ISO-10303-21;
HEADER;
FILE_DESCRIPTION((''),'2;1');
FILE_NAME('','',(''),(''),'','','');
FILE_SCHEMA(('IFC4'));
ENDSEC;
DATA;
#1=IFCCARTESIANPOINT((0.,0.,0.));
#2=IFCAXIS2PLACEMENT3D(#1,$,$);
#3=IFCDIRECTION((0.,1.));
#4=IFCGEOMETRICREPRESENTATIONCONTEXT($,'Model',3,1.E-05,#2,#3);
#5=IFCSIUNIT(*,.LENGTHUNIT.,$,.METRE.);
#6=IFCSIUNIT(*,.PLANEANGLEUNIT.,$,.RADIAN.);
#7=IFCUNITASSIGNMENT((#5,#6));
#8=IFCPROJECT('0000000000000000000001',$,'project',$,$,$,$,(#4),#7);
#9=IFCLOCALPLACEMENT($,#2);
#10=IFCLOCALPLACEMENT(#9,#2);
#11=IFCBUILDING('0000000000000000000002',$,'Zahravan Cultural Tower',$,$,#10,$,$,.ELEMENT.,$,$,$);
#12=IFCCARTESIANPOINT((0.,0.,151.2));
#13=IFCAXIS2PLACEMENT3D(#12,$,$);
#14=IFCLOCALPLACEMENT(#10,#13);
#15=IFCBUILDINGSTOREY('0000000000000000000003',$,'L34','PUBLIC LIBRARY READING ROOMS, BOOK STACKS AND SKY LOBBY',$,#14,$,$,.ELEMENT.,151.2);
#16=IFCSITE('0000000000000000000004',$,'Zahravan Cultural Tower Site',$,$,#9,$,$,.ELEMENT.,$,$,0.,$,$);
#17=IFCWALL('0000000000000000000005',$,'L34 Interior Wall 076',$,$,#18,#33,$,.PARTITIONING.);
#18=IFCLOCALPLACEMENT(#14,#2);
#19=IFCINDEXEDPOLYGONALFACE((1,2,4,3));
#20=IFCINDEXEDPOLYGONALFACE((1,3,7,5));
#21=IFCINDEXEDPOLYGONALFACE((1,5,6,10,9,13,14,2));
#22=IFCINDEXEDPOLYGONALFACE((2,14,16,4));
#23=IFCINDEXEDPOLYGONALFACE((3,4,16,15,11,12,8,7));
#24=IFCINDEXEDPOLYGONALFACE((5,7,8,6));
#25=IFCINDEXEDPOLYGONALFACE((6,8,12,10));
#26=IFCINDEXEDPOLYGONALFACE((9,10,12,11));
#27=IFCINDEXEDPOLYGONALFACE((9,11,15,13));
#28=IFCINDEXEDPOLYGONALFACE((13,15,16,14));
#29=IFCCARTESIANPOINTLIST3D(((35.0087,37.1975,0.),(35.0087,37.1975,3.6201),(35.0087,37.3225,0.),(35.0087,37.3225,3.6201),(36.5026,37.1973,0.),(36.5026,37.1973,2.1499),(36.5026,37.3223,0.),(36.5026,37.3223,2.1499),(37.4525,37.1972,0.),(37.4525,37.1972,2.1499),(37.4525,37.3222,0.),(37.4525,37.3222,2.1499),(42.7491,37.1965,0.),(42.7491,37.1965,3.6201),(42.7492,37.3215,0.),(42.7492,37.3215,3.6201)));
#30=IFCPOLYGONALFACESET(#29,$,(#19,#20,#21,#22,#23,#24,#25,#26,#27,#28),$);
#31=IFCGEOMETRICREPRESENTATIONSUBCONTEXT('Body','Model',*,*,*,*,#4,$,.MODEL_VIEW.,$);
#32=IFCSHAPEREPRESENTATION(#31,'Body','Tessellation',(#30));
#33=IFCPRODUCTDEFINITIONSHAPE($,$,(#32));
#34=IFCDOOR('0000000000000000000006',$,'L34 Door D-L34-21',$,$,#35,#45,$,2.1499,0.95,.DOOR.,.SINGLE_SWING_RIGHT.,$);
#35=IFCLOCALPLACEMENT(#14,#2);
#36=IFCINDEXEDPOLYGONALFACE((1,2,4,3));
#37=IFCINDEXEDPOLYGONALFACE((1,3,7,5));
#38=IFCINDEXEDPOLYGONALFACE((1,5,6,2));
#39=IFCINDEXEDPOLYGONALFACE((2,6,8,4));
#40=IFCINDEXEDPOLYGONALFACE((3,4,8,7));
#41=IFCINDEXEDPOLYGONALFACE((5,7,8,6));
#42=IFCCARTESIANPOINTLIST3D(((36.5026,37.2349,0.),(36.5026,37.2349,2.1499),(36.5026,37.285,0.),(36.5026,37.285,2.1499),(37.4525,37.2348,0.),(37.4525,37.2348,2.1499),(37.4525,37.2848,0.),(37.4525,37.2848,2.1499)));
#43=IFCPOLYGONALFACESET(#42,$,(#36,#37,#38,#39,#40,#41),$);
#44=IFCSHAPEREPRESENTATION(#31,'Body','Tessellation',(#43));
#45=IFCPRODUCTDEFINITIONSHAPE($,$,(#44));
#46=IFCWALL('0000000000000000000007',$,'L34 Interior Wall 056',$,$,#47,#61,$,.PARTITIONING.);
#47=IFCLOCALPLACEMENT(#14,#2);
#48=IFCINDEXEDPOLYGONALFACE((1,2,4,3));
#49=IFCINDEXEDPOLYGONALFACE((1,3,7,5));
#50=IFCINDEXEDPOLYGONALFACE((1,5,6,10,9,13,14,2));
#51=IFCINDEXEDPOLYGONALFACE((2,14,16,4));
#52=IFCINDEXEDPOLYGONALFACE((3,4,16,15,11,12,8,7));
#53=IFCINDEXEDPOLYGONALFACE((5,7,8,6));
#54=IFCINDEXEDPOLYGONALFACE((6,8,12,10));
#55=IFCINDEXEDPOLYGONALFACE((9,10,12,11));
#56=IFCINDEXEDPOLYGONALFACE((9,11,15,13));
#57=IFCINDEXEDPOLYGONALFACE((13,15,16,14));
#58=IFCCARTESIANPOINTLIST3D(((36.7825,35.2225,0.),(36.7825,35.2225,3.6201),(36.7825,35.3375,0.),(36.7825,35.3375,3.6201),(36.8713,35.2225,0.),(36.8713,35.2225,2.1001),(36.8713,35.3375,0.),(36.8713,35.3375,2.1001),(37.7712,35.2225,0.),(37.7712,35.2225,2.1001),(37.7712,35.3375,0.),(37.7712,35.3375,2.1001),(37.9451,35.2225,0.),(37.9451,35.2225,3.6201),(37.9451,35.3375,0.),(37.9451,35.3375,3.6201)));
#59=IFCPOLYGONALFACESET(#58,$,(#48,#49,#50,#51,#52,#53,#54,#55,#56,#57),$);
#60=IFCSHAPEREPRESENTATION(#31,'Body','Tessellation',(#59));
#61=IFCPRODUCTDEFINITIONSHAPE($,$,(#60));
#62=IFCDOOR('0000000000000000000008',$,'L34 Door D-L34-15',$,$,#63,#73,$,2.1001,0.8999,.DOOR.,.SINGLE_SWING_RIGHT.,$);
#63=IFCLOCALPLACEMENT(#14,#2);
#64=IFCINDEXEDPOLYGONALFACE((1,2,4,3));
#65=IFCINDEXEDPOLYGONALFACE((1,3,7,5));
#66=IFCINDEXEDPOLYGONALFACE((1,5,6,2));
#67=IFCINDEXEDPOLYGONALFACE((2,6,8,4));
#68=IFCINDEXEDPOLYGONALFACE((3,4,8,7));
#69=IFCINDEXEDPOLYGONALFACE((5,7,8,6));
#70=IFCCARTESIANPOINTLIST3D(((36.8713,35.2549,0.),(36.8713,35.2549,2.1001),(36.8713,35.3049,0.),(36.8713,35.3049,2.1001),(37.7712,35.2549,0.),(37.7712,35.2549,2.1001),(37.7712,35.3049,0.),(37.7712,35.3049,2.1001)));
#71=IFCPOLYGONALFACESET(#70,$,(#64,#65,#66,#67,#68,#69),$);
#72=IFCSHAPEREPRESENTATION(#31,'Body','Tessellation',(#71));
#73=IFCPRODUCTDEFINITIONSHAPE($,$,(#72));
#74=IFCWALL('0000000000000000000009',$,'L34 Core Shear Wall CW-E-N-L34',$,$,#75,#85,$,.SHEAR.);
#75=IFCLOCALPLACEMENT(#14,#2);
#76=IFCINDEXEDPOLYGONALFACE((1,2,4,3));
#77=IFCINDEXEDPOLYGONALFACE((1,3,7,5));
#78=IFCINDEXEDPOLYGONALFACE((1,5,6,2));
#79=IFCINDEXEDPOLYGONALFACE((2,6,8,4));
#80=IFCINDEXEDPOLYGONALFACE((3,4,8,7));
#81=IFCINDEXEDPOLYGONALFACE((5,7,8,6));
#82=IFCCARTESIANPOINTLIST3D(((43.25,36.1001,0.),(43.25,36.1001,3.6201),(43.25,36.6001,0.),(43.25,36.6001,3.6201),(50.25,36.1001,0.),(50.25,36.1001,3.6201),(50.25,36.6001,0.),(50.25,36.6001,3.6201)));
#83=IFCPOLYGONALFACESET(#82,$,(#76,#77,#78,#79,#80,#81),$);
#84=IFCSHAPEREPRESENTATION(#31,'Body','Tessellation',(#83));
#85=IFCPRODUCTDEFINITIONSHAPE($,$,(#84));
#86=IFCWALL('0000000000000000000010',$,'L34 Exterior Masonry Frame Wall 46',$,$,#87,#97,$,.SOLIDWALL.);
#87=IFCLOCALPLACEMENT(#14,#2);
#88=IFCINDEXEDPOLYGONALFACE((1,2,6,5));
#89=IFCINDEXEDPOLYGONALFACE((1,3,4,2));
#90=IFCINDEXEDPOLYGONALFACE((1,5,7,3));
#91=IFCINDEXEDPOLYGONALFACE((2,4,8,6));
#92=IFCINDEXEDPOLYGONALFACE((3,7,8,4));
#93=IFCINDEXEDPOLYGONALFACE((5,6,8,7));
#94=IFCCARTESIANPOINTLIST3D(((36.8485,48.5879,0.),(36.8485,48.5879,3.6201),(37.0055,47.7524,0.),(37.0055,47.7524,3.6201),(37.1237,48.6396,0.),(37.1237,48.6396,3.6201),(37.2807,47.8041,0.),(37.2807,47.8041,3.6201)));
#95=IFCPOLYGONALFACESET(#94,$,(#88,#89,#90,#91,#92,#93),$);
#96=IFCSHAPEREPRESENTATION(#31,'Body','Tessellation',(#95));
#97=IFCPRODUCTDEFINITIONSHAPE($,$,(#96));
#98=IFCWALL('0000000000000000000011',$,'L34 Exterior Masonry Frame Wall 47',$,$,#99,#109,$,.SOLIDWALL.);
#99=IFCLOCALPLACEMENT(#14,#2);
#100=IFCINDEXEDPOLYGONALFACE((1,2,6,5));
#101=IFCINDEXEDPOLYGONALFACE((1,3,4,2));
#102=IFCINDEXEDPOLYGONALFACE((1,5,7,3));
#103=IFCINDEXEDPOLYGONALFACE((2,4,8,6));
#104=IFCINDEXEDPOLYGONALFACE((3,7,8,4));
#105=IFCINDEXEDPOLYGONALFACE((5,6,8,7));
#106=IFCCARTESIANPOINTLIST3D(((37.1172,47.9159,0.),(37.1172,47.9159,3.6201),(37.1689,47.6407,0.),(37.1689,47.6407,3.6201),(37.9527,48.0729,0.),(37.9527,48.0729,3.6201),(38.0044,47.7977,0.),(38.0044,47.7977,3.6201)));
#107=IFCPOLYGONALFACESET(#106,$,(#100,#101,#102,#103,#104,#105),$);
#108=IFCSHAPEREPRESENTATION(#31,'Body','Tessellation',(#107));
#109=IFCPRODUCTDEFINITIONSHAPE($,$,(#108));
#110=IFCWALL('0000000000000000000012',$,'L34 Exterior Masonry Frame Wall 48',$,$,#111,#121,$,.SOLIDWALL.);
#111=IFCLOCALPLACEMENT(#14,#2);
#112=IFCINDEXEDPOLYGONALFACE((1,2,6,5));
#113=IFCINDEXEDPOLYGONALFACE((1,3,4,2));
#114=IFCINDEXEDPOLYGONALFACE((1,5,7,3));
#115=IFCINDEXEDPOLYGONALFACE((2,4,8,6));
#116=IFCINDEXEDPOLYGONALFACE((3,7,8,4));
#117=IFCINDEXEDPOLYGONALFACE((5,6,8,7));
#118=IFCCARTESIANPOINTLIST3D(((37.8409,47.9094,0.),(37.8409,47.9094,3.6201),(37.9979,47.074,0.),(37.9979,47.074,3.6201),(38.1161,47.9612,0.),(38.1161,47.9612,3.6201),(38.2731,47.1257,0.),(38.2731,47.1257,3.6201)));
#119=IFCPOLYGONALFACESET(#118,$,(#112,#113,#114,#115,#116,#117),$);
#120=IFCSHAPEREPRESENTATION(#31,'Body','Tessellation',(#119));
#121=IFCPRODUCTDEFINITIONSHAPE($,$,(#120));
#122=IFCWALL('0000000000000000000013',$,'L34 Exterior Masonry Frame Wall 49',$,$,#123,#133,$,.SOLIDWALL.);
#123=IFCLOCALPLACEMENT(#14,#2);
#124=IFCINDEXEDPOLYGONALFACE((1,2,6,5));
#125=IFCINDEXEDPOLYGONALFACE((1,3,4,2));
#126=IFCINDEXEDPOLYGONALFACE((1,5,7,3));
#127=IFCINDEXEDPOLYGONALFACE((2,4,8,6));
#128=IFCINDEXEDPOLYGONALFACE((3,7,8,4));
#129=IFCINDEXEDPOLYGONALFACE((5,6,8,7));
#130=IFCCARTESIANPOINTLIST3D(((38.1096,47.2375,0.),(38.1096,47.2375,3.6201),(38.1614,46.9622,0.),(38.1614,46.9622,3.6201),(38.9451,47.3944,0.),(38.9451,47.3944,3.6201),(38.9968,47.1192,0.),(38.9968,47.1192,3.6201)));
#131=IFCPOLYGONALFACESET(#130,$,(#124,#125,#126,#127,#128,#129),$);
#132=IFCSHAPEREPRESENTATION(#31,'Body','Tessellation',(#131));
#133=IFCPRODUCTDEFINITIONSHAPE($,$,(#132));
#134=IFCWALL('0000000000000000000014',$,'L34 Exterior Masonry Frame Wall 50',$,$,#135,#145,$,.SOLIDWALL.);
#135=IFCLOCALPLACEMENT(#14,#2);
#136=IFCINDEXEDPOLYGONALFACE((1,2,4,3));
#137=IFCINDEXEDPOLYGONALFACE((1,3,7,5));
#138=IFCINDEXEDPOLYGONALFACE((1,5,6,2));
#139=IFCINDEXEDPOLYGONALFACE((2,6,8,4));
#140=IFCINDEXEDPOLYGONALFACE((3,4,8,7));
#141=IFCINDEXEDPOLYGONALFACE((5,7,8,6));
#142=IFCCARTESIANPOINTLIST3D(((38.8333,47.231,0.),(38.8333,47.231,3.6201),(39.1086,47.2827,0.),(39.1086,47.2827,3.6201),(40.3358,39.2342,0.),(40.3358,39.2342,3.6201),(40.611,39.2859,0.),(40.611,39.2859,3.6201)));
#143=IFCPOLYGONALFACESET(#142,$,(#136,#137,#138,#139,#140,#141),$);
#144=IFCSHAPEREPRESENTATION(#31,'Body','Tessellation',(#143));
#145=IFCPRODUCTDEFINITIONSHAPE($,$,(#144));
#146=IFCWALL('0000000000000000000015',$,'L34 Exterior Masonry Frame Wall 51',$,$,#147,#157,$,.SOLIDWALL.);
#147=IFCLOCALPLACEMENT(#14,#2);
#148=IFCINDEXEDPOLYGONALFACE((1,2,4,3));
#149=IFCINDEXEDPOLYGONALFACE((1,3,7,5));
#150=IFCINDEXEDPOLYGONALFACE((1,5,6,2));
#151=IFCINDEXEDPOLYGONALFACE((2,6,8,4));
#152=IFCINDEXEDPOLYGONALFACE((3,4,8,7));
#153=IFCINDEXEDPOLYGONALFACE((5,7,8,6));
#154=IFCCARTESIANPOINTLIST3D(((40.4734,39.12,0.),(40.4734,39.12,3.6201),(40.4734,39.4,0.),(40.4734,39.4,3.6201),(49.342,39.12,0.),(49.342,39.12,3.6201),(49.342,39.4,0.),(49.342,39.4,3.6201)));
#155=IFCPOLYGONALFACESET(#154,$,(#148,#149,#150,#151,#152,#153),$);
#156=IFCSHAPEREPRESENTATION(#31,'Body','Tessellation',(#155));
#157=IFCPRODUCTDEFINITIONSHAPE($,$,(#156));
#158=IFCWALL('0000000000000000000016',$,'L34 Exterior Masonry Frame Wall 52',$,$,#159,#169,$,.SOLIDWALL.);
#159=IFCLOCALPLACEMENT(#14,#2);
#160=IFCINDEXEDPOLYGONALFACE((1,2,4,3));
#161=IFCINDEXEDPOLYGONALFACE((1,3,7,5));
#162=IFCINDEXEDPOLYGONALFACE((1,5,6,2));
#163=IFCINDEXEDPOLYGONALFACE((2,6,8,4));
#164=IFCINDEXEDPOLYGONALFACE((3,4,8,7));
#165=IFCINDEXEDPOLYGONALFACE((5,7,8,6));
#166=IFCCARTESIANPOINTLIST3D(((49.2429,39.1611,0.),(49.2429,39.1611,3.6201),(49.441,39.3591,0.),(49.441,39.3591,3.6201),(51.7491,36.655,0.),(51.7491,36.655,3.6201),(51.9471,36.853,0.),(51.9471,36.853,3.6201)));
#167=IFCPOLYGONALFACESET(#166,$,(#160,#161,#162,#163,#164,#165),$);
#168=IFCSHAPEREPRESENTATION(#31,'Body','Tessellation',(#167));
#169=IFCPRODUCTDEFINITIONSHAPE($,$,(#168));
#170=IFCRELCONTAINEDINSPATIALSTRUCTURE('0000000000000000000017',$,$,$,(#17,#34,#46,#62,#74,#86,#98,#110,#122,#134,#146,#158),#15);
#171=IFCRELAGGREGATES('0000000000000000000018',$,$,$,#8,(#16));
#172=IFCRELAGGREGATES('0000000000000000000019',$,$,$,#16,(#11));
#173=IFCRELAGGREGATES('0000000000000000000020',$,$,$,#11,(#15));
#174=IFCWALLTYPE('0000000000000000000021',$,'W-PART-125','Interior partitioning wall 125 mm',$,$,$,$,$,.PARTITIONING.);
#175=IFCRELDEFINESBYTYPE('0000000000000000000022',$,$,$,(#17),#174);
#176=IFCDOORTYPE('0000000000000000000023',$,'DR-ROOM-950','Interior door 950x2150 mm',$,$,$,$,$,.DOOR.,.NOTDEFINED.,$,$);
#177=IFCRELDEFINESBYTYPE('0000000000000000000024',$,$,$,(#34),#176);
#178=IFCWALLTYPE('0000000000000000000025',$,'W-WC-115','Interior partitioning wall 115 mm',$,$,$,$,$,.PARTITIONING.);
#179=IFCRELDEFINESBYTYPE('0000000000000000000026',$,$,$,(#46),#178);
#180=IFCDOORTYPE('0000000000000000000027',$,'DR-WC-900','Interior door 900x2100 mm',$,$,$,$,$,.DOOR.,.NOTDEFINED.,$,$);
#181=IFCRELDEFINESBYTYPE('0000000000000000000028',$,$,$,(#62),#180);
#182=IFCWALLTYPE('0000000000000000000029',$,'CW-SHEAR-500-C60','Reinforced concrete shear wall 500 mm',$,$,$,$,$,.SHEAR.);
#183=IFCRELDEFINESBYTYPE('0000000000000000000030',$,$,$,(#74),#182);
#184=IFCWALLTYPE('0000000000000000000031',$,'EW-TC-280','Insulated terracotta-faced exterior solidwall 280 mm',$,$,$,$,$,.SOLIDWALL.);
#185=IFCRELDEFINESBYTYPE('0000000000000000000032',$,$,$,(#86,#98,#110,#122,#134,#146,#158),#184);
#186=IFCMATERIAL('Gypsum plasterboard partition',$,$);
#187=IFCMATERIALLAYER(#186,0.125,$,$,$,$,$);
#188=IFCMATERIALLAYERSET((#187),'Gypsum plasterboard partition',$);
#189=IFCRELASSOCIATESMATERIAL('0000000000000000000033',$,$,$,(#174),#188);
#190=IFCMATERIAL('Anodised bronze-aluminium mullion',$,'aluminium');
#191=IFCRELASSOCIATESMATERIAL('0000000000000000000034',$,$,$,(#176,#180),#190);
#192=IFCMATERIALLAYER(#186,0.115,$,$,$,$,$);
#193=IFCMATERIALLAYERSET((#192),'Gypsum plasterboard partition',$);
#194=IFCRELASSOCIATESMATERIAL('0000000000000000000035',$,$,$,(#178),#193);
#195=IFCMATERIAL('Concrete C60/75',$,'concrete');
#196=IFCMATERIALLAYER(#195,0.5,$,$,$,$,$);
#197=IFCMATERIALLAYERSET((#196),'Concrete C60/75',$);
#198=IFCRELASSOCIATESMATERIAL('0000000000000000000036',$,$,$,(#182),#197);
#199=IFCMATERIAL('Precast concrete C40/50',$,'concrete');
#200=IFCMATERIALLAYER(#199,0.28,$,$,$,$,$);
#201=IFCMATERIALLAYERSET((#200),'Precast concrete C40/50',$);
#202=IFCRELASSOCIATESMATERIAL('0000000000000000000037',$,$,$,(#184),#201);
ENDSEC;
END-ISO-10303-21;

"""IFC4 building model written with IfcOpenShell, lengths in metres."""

from ifc_helpers import new_model, si_unit, direction, frame, frame_2d, origin, place, context, subcontext, project, spatial, rectangle, extrude, source, transform, mapped, material, layer, layer_set, type_object, element, fill, save


model = new_model("IFC4")

# Units and contexts
model_context = context("Model", 3, precision=1e-05, world=origin(), true_north=direction((0.0, 1.0)))
body_context = subcontext(model_context, "Body", "Model", "MODEL_VIEW")
ifc_project = project(units=[si_unit("LENGTHUNIT", "METRE"), si_unit("PLANEANGLEUNIT", "RADIAN")], contexts=[model_context])

# Site, building, storey
site_placement = place(None, origin())
site = spatial("IfcSite", under=ifc_project, at=site_placement, Name="Zahravan Cultural Tower Site", CompositionType="ELEMENT", RefElevation=0.0)
building_placement = place(site_placement, origin())
building = spatial("IfcBuilding", under=site, at=building_placement, Name="Zahravan Cultural Tower", CompositionType="ELEMENT")
storey_placement = place(building_placement, frame((0.0, 0.0, 151.2)))
storey = spatial("IfcBuildingStorey", under=building, at=storey_placement, Name="L34", Description="PUBLIC LIBRARY READING ROOMS, BOOK STACKS AND SKY LOBBY", CompositionType="ELEMENT", Elevation=151.2)

# Walls, openings, doors
ifc_material_1 = material(Name="Gypsum plasterboard partition")
ifc_layer_1 = layer(ifc_material_1, 0.125)
ifc_layer_set_1 = layer_set([ifc_layer_1], Name="Gypsum plasterboard partition")
wall_type_1 = type_object("IfcWallType", Name="W-PART-125", Description="Interior partitioning wall 125 mm", PredefinedType="PARTITIONING", material=ifc_layer_set_1)
wall_1_placement = place(storey_placement, frame((42.749, 37.259, 0.0), z_axis=(0.0, 0.0, 1.0), x_axis=(-1.0, 0.000126, 0.0)))
wall_1 = element("IfcWall", 1, at=wall_1_placement, inside=storey, type_object=wall_type_1, Name="L34 Interior Wall 076", PredefinedType="PARTITIONING", context=body_context, shape_type="SweptSolid", body=[
    extrude(rectangle(XDim=7.7405, YDim=0.125, at=frame_2d((3.8701, 0.0))), origin(), (0.0, 0.0, 1.0), 3.6201),
])
opening_1_placement = place(wall_1_placement, frame((5.2964, 0.0, 0.0)))
opening_1 = element("IfcOpeningElement", 2, at=opening_1_placement, cuts=wall_1, PredefinedType="OPENING", context=body_context, shape_type="SweptSolid", body=[
    extrude(rectangle(XDim=0.95, YDim=2.1499, at=frame_2d((0.4751, 1.075))), frame((0.0, 0.0725, 0.0), z_axis=(0.0, -1.0, 0.0), x_axis=(1.0, 0.0, 0.0)), (0.0, 0.0, 1.0), 0.145),
])
ifc_material_2 = material(Name="Anodised bronze-aluminium mullion", Category="aluminium")
door_type_1 = type_object("IfcDoorType", Name="DR-ROOM-950", Description="Interior door 950x2150 mm", OperationType="NOTDEFINED", PredefinedType="DOOR", material=ifc_material_2)
shared_shape_1 = source(origin(), body_context, "Body", "SweptSolid", [
    extrude(rectangle(XDim=0.95, YDim=2.1499, at=frame_2d((0.4751, 1.075))), frame((0.0, 0.0249, 0.0), z_axis=(0.0, -1.0, 0.0), x_axis=(1.0, 0.0, 0.0)), (0.0, 0.0, 1.0), 0.05),
])
door_1_placement = place(opening_1_placement, origin())
door_1 = element("IfcDoor", 3, at=door_1_placement, inside=storey, type_object=door_type_1, Name="L34 Door D-L34-21", OperationType="SINGLE_SWING_RIGHT", OverallHeight=2.1499, OverallWidth=0.95, PredefinedType="DOOR", context=body_context, shape_type="MappedRepresentation", body=[
    mapped(shared_shape_1, transform((0.0, 0.0, 0.0), x_axis=(1.0, 0.0, 0.0), y_axis=(0.0, 1.0, 0.0), z_axis=(0.0, 0.0, 1.0), scale=1.0)),
])
fill(opening_1, door_1)
ifc_layer_2 = layer(ifc_material_1, 0.115)
ifc_layer_set_2 = layer_set([ifc_layer_2], Name="Gypsum plasterboard partition")
wall_type_2 = type_object("IfcWallType", Name="W-WC-115", Description="Interior partitioning wall 115 mm", PredefinedType="PARTITIONING", material=ifc_layer_set_2)
wall_2_placement = place(storey_placement, frame((36.7825, 35.28, 0.0), z_axis=(0.0, 0.0, 1.0), x_axis=(1.0, 0.0, 0.0)))
wall_2 = element("IfcWall", 4, at=wall_2_placement, inside=storey, type_object=wall_type_2, Name="L34 Interior Wall 056", PredefinedType="PARTITIONING", context=body_context, shape_type="SweptSolid", body=[
    extrude(rectangle(XDim=1.1626, YDim=0.115, at=frame_2d((0.5813, 0.0))), origin(), (0.0, 0.0, 1.0), 3.6201),
])
opening_2_placement = place(wall_2_placement, frame((0.0889, 0.0, 0.0)))
opening_2 = element("IfcOpeningElement", 5, at=opening_2_placement, cuts=wall_2, PredefinedType="OPENING", context=body_context, shape_type="SweptSolid", body=[
    extrude(rectangle(XDim=0.8999, YDim=2.1001, at=frame_2d((0.45, 1.05))), frame((0.0, 0.0674, 0.0), z_axis=(0.0, -1.0, 0.0), x_axis=(1.0, 0.0, 0.0)), (0.0, 0.0, 1.0), 0.135),
])
door_type_2 = type_object("IfcDoorType", Name="DR-WC-900", Description="Interior door 900x2100 mm", OperationType="NOTDEFINED", PredefinedType="DOOR", material=ifc_material_2)
shared_shape_2 = source(origin(), body_context, "Body", "SweptSolid", [
    extrude(rectangle(XDim=0.8999, YDim=2.1001, at=frame_2d((0.45, 1.05))), frame((0.0, 0.0249, 0.0), z_axis=(0.0, -1.0, 0.0), x_axis=(1.0, 0.0, 0.0)), (0.0, 0.0, 1.0), 0.05),
])
door_2_placement = place(opening_2_placement, origin())
door_2 = element("IfcDoor", 6, at=door_2_placement, inside=storey, type_object=door_type_2, Name="L34 Door D-L34-15", OperationType="SINGLE_SWING_RIGHT", OverallHeight=2.1001, OverallWidth=0.8999, PredefinedType="DOOR", context=body_context, shape_type="MappedRepresentation", body=[
    mapped(shared_shape_2, transform((0.0, 0.0, 0.0), x_axis=(1.0, 0.0, 0.0), y_axis=(0.0, 1.0, 0.0), z_axis=(0.0, 0.0, 1.0), scale=1.0)),
])
fill(opening_2, door_2)

# Walls
ifc_material_3 = material(Name="Concrete C60/75", Category="concrete")
ifc_layer_3 = layer(ifc_material_3, 0.5)
ifc_layer_set_3 = layer_set([ifc_layer_3], Name="Concrete C60/75")
wall_type_3 = type_object("IfcWallType", Name="CW-SHEAR-500-C60", Description="Reinforced concrete shear wall 500 mm", PredefinedType="SHEAR", material=ifc_layer_set_3)
shared_shape_3 = source(origin(), body_context, "Body", "SweptSolid", [
    extrude(rectangle(XDim=7.0, YDim=0.5, at=frame_2d((3.5, 0.0))), origin(), (0.0, 0.0, 1.0), 3.6201),
])
wall_3_placement = place(storey_placement, frame((43.25, 36.3501, 0.0), z_axis=(0.0, 0.0, 1.0), x_axis=(1.0, 0.0, 0.0)))
element("IfcWall", 7, at=wall_3_placement, inside=storey, type_object=wall_type_3, Name="L34 Core Shear Wall CW-E-N-L34", PredefinedType="SHEAR", context=body_context, shape_type="MappedRepresentation", body=[
    mapped(shared_shape_3, transform((0.0, 0.0, 0.0), x_axis=(1.0, 0.0, 0.0), y_axis=(0.0, 1.0, 0.0), z_axis=(0.0, 0.0, 1.0), scale=1.0)),
])
ifc_material_4 = material(Name="Precast concrete C40/50", Category="concrete")
ifc_layer_4 = layer(ifc_material_4, 0.28)
ifc_layer_set_4 = layer_set([ifc_layer_4], Name="Precast concrete C40/50")
wall_type_4 = type_object("IfcWallType", Name="EW-TC-280", Description="Insulated terracotta-faced exterior solidwall 280 mm", PredefinedType="SOLIDWALL", material=ifc_layer_set_4)
shared_shape_4 = source(origin(), body_context, "Body", "SweptSolid", [
    extrude(rectangle(XDim=0.8501, YDim=0.28, at=frame_2d((0.425, 0.0))), origin(), (0.0, 0.0, 1.0), 3.6201),
])
for number, where, z_axis, x_axis, name in (
    (8, (36.9861, 48.6138, 0.0), (0.0, 0.0, 1.0), (0.18467, -0.982801, 0.0), "L34 Exterior Masonry Frame Wall 46"),
    (9, (37.1431, 47.7783, 0.0), (0.0, 0.0, 1.0), (0.982801, 0.18467, 0.0), "L34 Exterior Masonry Frame Wall 47"),
    (10, (37.9785, 47.9353, 0.0), (0.0, 0.0, 1.0), (0.18467, -0.982801, 0.0), "L34 Exterior Masonry Frame Wall 48"),
    (11, (38.1355, 47.0999, 0.0), (0.0, 0.0, 1.0), (0.982801, 0.18467, 0.0), "L34 Exterior Masonry Frame Wall 49"),
):
    element("IfcWall", number, at=place(storey_placement, frame(where, z_axis=z_axis, x_axis=x_axis)), inside=storey, type_object=wall_type_4, Name=name, PredefinedType="SOLIDWALL", context=body_context, shape_type="MappedRepresentation", body=[
        mapped(shared_shape_4, transform((0.0, 0.0, 0.0), x_axis=(1.0, 0.0, 0.0), y_axis=(0.0, 1.0, 0.0), z_axis=(0.0, 0.0, 1.0), scale=1.0)),
    ])
shared_shape_5 = source(origin(), body_context, "Body", "SweptSolid", [
    extrude(rectangle(XDim=8.1367, YDim=0.28, at=frame_2d((4.0684, 0.0))), origin(), (0.0, 0.0, 1.0), 3.6201),
])
wall_4_placement = place(storey_placement, frame((38.9709, 47.2568, 0.0), z_axis=(0.0, 0.0, 1.0), x_axis=(0.184649, -0.982805, 0.0)))
element("IfcWall", 12, at=wall_4_placement, inside=storey, type_object=wall_type_4, Name="L34 Exterior Masonry Frame Wall 50", PredefinedType="SOLIDWALL", context=body_context, shape_type="MappedRepresentation", body=[
    mapped(shared_shape_5, transform((0.0, 0.0, 0.0), x_axis=(1.0, 0.0, 0.0), y_axis=(0.0, 1.0, 0.0), z_axis=(0.0, 0.0, 1.0), scale=1.0)),
])
shared_shape_6 = source(origin(), body_context, "Body", "SweptSolid", [
    extrude(rectangle(XDim=8.8687, YDim=0.28, at=frame_2d((4.4343, 0.0))), origin(), (0.0, 0.0, 1.0), 3.6201),
])
wall_5_placement = place(storey_placement, frame((40.4734, 39.26, 0.0), z_axis=(0.0, 0.0, 1.0), x_axis=(1.0, 0.0, 0.0)))
element("IfcWall", 13, at=wall_5_placement, inside=storey, type_object=wall_type_4, Name="L34 Exterior Masonry Frame Wall 51", PredefinedType="SOLIDWALL", context=body_context, shape_type="MappedRepresentation", body=[
    mapped(shared_shape_6, transform((0.0, 0.0, 0.0), x_axis=(1.0, 0.0, 0.0), y_axis=(0.0, 1.0, 0.0), z_axis=(0.0, 0.0, 1.0), scale=1.0)),
])
shared_shape_7 = source(origin(), body_context, "Body", "SweptSolid", [
    extrude(rectangle(XDim=3.5442, YDim=0.28, at=frame_2d((1.772, 0.0))), origin(), (0.0, 0.0, 1.0), 3.6201),
])
wall_6_placement = place(storey_placement, frame((49.342, 39.26, 0.0), z_axis=(0.0, 0.0, 1.0), x_axis=(0.707107, -0.707107, 0.0)))
element("IfcWall", 14, at=wall_6_placement, inside=storey, type_object=wall_type_4, Name="L34 Exterior Masonry Frame Wall 52", PredefinedType="SOLIDWALL", context=body_context, shape_type="MappedRepresentation", body=[
    mapped(shared_shape_7, transform((0.0, 0.0, 0.0), x_axis=(1.0, 0.0, 0.0), y_axis=(0.0, 1.0, 0.0), z_axis=(0.0, 0.0, 1.0), scale=1.0)),
])

save(model, "model.ifc")
